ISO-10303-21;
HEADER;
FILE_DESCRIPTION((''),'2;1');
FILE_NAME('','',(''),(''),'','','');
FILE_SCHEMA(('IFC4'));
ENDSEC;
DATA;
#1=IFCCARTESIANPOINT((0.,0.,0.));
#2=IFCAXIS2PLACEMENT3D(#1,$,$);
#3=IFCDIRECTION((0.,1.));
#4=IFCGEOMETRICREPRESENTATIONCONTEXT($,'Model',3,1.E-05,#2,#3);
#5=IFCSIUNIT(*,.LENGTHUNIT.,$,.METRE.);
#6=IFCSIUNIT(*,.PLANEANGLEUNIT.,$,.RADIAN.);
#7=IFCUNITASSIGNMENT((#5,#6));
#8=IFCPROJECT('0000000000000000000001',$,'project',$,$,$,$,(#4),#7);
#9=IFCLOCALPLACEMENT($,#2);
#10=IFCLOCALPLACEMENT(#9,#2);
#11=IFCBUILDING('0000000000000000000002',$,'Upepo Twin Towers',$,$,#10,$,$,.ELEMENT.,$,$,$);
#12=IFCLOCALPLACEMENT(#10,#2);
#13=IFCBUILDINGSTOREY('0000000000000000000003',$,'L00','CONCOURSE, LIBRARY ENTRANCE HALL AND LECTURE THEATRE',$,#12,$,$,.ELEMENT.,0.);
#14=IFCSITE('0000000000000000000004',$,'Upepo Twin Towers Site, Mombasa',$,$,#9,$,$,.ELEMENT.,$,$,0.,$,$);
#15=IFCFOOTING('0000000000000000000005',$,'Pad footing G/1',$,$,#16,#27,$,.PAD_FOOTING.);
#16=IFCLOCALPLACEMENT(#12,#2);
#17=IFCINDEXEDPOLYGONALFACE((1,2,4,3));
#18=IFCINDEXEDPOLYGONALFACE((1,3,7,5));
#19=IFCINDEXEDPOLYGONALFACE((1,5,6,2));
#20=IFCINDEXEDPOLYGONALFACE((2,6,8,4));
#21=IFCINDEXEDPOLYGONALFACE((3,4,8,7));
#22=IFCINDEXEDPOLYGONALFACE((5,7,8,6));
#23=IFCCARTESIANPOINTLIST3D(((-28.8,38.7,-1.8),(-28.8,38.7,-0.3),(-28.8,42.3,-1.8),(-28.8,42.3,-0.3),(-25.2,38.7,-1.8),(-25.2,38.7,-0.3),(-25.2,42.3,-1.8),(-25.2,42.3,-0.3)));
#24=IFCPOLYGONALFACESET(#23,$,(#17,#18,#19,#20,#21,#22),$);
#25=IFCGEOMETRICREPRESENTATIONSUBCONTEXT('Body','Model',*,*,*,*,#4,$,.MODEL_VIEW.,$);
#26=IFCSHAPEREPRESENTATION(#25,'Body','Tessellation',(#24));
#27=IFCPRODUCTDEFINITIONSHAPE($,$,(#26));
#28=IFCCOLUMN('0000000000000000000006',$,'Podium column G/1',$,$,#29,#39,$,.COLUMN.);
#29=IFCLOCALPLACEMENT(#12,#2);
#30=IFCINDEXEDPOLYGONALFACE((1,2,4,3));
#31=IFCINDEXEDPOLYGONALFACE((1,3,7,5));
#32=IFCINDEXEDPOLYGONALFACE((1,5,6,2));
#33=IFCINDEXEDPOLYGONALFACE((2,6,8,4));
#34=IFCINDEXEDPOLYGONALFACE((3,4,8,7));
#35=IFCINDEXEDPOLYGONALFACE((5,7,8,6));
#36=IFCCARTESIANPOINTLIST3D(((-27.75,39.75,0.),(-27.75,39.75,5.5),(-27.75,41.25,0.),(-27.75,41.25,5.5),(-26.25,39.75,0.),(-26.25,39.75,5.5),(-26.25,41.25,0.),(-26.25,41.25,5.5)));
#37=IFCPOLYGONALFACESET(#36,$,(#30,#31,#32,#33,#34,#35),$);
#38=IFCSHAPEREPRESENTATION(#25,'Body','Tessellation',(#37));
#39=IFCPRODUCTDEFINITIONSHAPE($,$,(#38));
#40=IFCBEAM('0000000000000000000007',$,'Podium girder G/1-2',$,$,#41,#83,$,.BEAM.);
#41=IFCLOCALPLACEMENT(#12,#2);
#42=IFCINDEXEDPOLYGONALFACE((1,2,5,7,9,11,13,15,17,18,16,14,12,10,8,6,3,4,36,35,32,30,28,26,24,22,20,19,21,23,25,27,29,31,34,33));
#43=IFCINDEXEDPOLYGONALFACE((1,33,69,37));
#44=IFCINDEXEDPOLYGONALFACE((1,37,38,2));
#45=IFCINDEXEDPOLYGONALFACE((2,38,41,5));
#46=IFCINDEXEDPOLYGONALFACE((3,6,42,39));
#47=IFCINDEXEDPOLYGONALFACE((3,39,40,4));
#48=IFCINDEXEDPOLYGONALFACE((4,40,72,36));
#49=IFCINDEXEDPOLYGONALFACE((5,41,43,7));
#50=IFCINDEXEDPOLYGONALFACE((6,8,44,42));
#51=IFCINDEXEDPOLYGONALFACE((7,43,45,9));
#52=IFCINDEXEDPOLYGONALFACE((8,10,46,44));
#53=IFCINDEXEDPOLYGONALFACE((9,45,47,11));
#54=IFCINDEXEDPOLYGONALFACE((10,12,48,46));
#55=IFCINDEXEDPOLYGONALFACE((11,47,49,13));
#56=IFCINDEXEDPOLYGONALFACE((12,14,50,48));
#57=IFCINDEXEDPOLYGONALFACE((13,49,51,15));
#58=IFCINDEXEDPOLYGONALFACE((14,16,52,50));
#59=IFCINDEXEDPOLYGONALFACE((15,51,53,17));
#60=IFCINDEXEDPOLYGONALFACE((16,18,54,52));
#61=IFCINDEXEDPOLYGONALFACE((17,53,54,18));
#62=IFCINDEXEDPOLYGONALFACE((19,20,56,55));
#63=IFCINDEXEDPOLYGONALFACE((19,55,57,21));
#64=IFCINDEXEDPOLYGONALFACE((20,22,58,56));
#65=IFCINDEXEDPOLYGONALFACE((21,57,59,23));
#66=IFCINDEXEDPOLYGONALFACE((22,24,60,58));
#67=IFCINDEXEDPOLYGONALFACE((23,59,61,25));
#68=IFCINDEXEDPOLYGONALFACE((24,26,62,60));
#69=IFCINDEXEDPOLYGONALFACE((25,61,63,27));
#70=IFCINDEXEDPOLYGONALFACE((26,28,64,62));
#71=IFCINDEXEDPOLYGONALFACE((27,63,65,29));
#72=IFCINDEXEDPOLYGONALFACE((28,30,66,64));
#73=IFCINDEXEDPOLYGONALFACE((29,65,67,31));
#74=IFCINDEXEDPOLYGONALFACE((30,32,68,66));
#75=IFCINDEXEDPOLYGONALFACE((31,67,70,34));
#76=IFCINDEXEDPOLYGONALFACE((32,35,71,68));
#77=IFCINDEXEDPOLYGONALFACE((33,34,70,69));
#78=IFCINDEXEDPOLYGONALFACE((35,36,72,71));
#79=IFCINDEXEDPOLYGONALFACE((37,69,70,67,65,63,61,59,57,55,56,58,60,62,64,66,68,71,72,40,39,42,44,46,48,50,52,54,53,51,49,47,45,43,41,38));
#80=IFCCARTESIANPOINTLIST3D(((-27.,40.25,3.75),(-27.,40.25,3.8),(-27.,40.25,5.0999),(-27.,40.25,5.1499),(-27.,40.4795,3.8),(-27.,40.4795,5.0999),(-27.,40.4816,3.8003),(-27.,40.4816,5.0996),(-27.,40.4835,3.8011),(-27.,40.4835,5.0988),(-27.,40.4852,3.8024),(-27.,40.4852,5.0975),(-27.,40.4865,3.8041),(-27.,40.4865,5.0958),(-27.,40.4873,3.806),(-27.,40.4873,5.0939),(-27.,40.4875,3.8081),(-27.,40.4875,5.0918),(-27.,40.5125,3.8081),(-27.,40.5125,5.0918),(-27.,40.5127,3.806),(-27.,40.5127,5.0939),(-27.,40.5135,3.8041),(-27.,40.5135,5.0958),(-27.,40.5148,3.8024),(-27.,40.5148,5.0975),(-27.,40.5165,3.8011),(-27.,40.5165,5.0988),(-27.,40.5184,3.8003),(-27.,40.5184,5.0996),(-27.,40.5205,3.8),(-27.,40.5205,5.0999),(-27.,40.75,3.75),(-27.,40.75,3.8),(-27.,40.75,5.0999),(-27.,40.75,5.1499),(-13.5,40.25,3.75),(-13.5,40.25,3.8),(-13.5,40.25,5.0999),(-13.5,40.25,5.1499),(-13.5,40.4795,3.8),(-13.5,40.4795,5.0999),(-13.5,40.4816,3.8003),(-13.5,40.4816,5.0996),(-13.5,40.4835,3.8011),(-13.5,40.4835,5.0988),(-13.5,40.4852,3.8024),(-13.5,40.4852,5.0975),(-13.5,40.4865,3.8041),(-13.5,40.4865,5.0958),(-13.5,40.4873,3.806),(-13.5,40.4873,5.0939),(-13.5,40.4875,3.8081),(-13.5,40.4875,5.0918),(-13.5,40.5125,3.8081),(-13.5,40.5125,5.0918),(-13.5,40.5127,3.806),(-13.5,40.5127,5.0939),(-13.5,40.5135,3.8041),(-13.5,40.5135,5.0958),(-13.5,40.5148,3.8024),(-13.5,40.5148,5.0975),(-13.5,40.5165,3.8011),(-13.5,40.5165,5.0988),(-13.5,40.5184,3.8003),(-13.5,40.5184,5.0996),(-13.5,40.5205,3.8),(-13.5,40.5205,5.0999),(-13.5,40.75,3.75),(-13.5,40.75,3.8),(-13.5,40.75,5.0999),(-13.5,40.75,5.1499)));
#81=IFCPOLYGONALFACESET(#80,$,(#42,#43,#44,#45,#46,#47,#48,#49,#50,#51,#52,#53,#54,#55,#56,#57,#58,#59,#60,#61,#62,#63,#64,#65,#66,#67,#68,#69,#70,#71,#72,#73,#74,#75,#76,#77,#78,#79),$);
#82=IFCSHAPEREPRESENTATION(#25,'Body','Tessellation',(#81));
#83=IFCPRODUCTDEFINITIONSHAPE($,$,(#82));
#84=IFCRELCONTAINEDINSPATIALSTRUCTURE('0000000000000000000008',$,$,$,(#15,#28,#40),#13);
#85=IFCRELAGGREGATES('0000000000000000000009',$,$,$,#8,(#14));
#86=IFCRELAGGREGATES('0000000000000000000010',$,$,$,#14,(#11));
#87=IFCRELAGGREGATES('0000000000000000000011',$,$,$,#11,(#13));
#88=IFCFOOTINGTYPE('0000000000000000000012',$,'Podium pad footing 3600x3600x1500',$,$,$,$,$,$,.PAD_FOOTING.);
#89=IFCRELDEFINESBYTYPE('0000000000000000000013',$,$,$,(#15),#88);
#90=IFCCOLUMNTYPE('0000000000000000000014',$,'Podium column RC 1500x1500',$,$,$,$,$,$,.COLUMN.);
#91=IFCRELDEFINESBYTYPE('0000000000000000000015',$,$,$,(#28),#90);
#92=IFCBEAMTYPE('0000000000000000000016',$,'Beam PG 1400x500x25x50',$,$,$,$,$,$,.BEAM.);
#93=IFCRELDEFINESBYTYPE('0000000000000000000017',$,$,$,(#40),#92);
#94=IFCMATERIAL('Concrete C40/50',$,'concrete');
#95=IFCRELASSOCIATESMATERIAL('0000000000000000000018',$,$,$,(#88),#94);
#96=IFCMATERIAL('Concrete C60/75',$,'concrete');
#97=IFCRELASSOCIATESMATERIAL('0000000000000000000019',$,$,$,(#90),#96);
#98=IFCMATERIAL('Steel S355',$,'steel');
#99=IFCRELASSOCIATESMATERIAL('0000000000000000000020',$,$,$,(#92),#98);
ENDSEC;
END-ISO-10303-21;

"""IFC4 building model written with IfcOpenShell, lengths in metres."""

from ifc_helpers import new_model, si_unit, direction, frame, origin, origin_2d, place, context, subcontext, project, spatial, rectangle, i_section, extrude, material, material_profile, profile_set, type_object, element, save


model = new_model("IFC4")

# Units and contexts
model_context = context("Model", 3, precision=1e-05, world=origin(), true_north=direction((0.0, 1.0)))
body_context = subcontext(model_context, "Body", "Model", "MODEL_VIEW")
ifc_project = project(units=[si_unit("LENGTHUNIT", "METRE"), si_unit("PLANEANGLEUNIT", "RADIAN")], contexts=[model_context])

# Site, building, storey
site_placement = place(None, origin())
site = spatial("IfcSite", under=ifc_project, at=site_placement, Name="Upepo Twin Towers Site, Mombasa", CompositionType="ELEMENT", RefElevation=0.0)
building_placement = place(site_placement, origin())
building = spatial("IfcBuilding", under=site, at=building_placement, Name="Upepo Twin Towers", CompositionType="ELEMENT")
storey_placement = place(building_placement, origin())
storey = spatial("IfcBuildingStorey", under=building, at=storey_placement, Name="L00", Description="CONCOURSE, LIBRARY ENTRANCE HALL AND LECTURE THEATRE", CompositionType="ELEMENT", Elevation=0.0)

# Footing
ifc_material_1 = material(Name="Concrete C40/50", Category="concrete")
footing_type = type_object("IfcFootingType", Name="Podium pad footing 3600x3600x1500", PredefinedType="PAD_FOOTING", material=ifc_material_1)
footing_placement = place(storey_placement, frame((-27.0, 40.5, -1.8), z_axis=(0.0, 0.0, 1.0), x_axis=(1.0, 0.0, 0.0)))
element("IfcFooting", 1, at=footing_placement, inside=storey, type_object=footing_type, Name="Pad footing G/1", PredefinedType="PAD_FOOTING", context=body_context, shape_type="SweptSolid", body=[
    extrude(rectangle(XDim=3.6001, YDim=3.6001, at=origin_2d()), origin(), (0.0, 0.0, 1.0), 1.5),
])

# Column
ifc_material_2 = material(Name="Concrete C60/75", Category="concrete")
ifc_material_profile_1 = material_profile(ifc_material_2, rectangle(XDim=1.5, YDim=1.5, at=origin_2d()), Name="RC 1500x1500")
ifc_profile_set_1 = profile_set([ifc_material_profile_1], Name="Concrete C60/75")
column_type = type_object("IfcColumnType", Name="Podium column RC 1500x1500", PredefinedType="COLUMN", material=ifc_profile_set_1)
column_placement = place(storey_placement, frame((-27.0, 40.5, 0.0), z_axis=(0.0, 0.0, 1.0), x_axis=(1.0, 0.0, 0.0)))
element("IfcColumn", 2, at=column_placement, inside=storey, type_object=column_type, Name="Podium column G/1", PredefinedType="COLUMN", context=body_context, shape_type="SweptSolid", body=[
    extrude(rectangle(XDim=1.5, YDim=1.5, at=origin_2d()), origin(), (0.0, 0.0, 1.0), 5.5),
])

# Beam
ifc_material_3 = material(Name="Steel S355", Category="steel")
ifc_material_profile_2 = material_profile(ifc_material_3, i_section(OverallWidth=0.5, OverallDepth=1.3999, WebThickness=0.0249, FlangeThickness=0.05, FilletRadius=0.0081, at=origin_2d()), Name="PG 1400x500x25x50")
ifc_profile_set_2 = profile_set([ifc_material_profile_2], Name="Steel S355")
beam_type = type_object("IfcBeamType", Name="Beam PG 1400x500x25x50", PredefinedType="BEAM", material=ifc_profile_set_2)
beam_placement = place(storey_placement, frame((-27.0, 40.5, 4.45), z_axis=(1.0, 0.0, 0.0), x_axis=(0.0, 1.0, 0.0)))
element("IfcBeam", 3, at=beam_placement, inside=storey, type_object=beam_type, Name="Podium girder G/1-2", PredefinedType="BEAM", context=body_context, shape_type="SweptSolid", body=[
    extrude(i_section(OverallWidth=0.5, OverallDepth=1.3999, WebThickness=0.0249, FlangeThickness=0.05, FilletRadius=0.0081, at=origin_2d()), origin(), (0.0, 0.0, 1.0), 13.5),
])

save(model, "model.ifc")
